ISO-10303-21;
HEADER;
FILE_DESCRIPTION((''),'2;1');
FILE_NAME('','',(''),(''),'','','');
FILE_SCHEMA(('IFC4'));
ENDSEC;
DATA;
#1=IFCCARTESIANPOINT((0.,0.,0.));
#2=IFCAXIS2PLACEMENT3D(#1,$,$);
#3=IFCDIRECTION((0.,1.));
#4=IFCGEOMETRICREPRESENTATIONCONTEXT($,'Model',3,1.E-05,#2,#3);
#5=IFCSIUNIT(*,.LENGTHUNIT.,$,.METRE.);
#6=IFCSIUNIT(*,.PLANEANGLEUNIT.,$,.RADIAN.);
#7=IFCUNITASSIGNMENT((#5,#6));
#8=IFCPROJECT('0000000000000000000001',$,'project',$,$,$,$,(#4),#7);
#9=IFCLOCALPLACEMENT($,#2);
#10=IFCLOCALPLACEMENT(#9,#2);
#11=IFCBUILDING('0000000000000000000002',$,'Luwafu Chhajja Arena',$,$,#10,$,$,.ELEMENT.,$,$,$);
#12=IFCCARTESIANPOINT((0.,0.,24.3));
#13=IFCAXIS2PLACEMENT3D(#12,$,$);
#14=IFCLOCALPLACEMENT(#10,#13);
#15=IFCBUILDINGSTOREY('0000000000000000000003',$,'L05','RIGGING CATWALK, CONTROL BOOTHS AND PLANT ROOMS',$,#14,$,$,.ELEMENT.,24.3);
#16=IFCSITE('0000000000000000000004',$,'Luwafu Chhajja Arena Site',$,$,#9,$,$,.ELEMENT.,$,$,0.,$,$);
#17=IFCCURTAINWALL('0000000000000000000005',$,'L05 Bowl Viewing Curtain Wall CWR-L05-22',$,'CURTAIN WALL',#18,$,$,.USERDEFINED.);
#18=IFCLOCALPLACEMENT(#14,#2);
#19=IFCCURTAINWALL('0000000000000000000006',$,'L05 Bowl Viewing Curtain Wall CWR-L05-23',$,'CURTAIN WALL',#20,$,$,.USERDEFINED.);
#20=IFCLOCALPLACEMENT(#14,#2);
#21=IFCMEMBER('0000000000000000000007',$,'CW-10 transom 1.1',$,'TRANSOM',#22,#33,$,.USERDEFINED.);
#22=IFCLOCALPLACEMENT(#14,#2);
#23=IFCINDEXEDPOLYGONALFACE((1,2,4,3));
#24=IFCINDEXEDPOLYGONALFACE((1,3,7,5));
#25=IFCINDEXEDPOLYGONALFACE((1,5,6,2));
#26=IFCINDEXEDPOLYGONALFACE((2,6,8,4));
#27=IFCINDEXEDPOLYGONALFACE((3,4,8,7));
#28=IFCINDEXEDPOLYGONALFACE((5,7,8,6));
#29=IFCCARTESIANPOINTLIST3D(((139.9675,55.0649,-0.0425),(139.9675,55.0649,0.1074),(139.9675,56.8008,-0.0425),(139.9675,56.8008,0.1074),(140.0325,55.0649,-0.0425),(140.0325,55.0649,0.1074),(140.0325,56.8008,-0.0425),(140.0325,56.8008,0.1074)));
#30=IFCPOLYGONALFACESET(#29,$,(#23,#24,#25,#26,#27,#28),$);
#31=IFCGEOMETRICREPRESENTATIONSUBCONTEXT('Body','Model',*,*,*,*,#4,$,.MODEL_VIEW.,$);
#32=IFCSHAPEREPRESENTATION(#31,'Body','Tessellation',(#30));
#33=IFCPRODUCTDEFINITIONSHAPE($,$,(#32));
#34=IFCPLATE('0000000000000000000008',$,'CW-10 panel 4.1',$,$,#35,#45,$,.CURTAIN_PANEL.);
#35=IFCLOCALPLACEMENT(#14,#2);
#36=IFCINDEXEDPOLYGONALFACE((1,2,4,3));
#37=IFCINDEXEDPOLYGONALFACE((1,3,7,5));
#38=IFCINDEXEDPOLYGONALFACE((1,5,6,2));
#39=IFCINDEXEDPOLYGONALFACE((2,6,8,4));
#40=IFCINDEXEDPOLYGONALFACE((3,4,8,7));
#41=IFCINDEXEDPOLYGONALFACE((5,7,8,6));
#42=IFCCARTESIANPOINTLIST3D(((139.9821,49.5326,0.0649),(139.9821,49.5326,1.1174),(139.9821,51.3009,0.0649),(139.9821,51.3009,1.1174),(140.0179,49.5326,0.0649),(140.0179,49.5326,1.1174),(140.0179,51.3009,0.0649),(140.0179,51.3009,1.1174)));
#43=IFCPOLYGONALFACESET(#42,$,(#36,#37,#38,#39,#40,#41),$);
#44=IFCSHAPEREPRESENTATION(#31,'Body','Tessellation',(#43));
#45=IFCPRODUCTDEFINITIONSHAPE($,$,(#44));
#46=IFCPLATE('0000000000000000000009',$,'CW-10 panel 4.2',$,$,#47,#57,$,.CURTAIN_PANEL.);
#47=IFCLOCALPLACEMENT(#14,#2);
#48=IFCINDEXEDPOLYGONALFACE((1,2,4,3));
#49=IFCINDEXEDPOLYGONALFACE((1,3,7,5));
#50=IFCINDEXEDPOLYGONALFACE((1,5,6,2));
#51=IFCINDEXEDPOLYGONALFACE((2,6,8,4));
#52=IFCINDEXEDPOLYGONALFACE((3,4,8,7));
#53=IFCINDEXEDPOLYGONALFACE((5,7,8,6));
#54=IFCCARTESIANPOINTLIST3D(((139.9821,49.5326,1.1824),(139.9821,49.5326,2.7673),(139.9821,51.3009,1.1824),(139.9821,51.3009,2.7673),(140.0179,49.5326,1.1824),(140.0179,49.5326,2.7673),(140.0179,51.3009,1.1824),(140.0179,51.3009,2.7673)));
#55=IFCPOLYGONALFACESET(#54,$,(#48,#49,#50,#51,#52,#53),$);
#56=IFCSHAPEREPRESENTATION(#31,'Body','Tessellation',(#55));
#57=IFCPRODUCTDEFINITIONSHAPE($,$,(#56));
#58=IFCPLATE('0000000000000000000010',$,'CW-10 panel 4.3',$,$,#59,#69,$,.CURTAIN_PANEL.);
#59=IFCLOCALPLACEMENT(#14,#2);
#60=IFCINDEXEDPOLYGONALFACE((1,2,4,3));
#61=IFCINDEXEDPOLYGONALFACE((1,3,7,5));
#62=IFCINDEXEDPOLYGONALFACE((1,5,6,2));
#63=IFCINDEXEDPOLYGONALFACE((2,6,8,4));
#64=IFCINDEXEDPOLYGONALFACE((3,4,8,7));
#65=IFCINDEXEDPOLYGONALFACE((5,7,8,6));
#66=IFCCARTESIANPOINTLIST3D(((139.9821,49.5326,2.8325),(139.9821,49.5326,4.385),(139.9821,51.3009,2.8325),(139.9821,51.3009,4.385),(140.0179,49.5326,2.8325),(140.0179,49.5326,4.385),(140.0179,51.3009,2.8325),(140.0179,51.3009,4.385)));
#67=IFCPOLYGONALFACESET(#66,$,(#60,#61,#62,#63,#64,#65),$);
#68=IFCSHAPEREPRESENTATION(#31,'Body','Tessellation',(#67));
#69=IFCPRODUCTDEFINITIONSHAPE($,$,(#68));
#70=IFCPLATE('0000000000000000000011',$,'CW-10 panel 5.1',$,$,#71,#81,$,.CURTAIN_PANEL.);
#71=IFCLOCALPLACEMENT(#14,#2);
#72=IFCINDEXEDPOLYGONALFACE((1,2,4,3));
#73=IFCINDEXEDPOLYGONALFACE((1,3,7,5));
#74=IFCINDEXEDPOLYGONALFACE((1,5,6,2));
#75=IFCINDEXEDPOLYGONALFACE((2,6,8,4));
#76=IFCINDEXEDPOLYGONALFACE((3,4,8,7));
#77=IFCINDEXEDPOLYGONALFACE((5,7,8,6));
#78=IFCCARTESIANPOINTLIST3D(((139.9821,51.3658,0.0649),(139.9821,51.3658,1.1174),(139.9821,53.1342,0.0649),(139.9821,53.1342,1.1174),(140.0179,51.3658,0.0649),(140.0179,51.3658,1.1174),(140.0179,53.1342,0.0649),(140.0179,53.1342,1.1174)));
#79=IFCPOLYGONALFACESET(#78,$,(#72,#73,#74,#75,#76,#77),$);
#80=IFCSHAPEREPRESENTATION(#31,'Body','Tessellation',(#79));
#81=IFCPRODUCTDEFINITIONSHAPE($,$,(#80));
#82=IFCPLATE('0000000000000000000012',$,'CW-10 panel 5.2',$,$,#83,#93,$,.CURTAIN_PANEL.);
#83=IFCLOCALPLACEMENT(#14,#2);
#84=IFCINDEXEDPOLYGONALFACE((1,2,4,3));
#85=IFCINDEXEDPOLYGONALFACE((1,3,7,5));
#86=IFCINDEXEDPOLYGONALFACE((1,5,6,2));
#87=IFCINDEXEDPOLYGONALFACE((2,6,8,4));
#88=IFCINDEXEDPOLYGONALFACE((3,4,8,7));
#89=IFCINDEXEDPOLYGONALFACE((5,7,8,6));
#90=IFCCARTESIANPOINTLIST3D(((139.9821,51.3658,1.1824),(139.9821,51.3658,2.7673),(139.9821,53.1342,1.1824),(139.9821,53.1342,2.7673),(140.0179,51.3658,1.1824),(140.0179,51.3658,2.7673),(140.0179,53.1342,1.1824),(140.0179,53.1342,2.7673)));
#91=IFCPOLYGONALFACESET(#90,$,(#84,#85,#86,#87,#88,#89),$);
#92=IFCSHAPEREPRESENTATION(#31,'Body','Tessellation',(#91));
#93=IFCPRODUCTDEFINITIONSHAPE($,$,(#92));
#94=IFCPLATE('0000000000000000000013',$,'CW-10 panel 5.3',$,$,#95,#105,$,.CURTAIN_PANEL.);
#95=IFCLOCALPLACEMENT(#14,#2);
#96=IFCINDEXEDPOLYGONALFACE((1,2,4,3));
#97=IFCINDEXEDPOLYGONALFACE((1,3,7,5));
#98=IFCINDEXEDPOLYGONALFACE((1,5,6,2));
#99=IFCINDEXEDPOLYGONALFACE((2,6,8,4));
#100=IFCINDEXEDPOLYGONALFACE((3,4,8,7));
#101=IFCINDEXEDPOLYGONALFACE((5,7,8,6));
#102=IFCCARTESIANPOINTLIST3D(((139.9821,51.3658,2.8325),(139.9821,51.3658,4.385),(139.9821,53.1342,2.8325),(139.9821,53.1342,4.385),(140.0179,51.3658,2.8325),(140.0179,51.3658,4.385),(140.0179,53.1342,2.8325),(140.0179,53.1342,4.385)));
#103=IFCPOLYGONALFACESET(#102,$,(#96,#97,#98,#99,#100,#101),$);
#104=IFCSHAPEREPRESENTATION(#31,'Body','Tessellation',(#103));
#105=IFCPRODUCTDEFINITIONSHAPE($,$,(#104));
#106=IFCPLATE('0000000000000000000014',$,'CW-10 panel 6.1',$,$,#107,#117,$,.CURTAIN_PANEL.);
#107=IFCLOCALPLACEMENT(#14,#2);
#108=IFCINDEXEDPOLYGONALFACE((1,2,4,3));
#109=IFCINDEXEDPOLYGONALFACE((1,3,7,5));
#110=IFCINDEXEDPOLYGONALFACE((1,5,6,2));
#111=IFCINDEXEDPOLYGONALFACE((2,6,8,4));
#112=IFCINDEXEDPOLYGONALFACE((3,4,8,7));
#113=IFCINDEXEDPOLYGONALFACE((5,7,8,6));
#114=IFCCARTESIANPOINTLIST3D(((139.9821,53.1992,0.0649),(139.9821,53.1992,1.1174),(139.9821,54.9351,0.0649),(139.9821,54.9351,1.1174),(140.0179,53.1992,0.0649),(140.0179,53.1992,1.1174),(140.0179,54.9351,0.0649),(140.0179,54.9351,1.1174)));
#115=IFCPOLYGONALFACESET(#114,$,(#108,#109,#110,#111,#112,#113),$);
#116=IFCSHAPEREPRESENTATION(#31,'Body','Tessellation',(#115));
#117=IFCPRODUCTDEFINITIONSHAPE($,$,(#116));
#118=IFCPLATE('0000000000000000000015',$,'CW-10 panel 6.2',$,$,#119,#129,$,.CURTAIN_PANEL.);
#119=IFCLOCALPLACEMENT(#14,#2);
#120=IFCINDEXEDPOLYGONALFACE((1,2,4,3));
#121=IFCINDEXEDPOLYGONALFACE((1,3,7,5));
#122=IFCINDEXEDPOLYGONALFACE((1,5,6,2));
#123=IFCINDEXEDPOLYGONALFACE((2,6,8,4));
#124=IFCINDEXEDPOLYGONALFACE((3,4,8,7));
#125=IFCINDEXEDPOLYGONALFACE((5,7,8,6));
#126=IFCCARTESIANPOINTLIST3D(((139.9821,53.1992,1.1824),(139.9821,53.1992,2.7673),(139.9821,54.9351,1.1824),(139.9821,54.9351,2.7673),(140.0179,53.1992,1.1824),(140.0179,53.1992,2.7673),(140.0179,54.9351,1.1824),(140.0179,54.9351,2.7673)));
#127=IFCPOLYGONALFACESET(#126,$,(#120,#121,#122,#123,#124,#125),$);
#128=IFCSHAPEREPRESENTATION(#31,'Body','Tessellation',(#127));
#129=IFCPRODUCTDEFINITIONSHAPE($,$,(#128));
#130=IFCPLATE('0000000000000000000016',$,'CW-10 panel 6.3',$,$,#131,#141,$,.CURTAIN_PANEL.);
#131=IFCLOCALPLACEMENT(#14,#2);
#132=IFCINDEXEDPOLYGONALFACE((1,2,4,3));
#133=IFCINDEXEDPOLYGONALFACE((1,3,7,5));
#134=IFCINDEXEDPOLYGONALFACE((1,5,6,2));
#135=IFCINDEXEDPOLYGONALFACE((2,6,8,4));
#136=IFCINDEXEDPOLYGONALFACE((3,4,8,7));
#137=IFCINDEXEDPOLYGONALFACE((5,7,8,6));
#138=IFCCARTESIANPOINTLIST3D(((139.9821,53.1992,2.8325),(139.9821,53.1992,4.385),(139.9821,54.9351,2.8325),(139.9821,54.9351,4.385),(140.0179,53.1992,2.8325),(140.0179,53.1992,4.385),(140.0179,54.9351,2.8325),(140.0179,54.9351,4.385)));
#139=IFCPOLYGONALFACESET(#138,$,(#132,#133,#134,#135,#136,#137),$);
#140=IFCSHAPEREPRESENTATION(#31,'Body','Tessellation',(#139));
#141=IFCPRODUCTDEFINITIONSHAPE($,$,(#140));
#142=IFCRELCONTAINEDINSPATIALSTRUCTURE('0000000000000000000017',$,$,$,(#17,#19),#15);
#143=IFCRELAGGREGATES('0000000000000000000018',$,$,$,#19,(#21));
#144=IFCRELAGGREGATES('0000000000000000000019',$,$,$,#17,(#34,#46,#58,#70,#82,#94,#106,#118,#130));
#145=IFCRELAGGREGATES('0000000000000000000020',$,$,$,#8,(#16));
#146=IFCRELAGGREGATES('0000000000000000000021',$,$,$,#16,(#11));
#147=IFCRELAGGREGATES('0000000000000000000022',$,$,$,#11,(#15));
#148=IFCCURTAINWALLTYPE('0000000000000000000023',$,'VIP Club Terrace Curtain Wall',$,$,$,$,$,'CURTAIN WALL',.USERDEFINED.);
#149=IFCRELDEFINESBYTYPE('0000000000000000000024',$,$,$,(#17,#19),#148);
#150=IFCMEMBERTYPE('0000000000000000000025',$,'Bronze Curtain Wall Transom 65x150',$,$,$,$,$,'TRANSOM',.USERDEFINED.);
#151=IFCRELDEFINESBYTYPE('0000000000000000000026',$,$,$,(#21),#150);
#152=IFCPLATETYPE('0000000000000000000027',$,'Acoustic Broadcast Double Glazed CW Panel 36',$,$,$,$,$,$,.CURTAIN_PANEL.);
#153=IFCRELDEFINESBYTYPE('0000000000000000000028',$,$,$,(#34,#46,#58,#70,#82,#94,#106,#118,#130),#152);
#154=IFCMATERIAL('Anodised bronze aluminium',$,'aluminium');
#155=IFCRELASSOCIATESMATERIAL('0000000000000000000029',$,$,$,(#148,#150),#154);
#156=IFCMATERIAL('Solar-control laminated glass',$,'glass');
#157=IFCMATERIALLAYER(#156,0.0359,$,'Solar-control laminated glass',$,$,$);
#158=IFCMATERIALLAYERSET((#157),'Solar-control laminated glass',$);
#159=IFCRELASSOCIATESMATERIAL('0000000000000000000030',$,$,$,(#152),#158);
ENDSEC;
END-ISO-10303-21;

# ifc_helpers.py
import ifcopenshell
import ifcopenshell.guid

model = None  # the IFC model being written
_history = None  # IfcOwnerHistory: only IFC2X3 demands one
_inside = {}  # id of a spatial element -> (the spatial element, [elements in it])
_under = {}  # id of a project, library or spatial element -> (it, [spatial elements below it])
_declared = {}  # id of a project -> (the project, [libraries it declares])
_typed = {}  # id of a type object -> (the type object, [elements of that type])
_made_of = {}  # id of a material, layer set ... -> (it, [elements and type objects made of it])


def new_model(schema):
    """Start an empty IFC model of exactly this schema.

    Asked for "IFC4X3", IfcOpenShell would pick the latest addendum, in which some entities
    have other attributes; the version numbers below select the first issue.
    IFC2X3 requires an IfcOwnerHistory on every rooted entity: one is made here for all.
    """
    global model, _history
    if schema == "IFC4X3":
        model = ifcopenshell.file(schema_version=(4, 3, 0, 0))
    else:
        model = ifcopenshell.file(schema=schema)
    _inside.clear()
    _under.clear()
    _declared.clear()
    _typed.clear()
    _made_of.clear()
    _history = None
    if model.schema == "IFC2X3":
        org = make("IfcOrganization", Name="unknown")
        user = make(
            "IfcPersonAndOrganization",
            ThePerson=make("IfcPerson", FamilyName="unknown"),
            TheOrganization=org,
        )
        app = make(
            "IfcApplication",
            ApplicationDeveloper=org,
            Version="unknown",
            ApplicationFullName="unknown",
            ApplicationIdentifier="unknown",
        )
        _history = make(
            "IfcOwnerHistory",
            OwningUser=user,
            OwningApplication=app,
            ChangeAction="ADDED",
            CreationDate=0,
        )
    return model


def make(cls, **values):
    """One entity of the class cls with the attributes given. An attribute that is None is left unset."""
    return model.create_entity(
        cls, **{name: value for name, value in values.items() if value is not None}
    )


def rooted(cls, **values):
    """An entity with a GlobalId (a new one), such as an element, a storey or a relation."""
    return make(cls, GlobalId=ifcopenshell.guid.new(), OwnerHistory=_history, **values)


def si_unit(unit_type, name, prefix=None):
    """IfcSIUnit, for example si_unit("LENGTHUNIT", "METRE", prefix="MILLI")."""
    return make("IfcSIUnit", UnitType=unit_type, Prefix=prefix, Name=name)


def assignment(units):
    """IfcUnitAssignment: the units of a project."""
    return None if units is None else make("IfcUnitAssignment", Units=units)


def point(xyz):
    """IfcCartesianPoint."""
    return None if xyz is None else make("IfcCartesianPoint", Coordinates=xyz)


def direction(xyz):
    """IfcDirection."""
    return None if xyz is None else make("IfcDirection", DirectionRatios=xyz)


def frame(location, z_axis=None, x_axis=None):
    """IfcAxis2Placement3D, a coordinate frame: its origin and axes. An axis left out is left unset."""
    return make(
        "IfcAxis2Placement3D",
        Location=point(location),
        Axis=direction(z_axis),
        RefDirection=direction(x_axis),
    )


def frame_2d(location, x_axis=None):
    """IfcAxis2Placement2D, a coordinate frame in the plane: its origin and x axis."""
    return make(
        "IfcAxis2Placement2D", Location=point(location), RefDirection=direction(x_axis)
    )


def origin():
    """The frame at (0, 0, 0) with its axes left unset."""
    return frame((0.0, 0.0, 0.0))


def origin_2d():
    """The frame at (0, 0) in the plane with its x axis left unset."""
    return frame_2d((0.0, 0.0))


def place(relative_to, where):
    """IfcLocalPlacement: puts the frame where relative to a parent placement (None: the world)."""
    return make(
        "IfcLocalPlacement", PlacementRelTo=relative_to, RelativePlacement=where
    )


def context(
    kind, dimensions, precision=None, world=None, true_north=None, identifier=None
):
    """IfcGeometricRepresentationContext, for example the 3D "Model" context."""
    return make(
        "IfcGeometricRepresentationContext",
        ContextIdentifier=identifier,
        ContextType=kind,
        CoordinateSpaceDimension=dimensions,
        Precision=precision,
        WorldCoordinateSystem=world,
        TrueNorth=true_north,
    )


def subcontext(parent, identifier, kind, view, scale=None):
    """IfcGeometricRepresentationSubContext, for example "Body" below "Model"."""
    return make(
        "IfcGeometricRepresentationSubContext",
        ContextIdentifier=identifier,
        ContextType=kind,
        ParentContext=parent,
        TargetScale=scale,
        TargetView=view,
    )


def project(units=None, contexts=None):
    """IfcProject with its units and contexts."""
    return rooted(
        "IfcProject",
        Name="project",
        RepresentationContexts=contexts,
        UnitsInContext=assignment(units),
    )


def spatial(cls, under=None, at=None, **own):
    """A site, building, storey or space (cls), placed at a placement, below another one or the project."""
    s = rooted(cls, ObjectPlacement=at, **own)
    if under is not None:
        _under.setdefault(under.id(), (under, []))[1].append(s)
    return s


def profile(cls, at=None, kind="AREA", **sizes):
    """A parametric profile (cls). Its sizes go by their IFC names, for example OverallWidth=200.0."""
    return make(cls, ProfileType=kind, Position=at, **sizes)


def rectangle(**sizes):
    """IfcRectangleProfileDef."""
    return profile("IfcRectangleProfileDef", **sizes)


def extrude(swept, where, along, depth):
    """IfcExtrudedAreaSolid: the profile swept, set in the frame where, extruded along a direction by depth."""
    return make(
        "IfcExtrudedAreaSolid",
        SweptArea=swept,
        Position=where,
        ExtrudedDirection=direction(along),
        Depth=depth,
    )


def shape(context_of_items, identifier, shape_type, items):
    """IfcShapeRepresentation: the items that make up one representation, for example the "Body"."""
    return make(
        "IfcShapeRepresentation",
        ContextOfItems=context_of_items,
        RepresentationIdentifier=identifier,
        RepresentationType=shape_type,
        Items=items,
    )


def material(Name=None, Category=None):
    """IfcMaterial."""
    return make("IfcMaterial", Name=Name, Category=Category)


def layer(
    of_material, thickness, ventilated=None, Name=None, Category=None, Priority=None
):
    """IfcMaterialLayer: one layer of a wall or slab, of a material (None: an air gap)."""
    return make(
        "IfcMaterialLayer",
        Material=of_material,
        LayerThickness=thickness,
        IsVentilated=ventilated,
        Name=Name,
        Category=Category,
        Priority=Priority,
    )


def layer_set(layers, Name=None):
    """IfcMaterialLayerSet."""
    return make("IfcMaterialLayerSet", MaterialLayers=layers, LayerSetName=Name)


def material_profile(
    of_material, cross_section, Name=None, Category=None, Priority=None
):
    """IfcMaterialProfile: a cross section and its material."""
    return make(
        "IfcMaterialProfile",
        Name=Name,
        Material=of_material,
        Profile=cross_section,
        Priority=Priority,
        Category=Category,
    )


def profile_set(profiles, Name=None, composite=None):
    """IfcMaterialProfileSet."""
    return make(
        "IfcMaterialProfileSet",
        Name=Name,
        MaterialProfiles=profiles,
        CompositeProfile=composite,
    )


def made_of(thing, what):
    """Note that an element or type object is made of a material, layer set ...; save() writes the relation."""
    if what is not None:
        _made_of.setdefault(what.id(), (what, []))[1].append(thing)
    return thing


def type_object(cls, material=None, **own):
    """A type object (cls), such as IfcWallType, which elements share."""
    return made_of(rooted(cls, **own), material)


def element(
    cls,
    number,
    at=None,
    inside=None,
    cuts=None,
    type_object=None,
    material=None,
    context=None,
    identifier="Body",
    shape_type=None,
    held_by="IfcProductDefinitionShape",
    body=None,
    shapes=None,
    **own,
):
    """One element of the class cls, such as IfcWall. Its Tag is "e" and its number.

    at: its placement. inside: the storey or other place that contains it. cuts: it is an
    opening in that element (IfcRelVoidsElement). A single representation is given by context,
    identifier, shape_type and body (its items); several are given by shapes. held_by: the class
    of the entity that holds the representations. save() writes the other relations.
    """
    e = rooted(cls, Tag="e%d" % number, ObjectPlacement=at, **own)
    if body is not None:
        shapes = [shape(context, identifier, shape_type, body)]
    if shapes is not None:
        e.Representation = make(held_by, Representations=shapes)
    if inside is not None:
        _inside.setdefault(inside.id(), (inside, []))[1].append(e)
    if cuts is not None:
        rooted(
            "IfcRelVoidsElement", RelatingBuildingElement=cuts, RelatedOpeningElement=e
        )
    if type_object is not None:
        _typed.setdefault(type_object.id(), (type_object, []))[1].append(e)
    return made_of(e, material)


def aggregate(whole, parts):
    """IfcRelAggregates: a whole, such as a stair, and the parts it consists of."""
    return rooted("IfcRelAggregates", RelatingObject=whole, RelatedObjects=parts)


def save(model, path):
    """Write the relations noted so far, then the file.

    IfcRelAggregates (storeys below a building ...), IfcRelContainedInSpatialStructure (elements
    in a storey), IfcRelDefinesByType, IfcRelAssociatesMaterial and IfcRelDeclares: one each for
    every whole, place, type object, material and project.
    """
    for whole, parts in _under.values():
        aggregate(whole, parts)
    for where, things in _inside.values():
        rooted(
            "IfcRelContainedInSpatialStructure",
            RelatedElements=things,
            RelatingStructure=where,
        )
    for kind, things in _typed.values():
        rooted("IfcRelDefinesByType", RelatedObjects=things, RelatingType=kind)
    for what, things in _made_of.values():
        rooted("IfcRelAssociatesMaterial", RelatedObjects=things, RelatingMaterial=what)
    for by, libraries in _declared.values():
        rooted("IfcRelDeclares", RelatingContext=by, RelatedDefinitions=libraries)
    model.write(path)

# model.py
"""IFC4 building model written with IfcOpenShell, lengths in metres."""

from ifc_helpers import new_model, si_unit, direction, frame, origin, origin_2d, place, context, subcontext, project, spatial, rectangle, extrude, material, layer, layer_set, material_profile, profile_set, type_object, element, aggregate, save


model = new_model("IFC4")

# Units and contexts
model_context = context("Model", 3, precision=1e-05, world=origin(), true_north=direction((0.0, 1.0)))
body_context = subcontext(model_context, "Body", "Model", "MODEL_VIEW")
ifc_project = project(units=[si_unit("LENGTHUNIT", "METRE"), si_unit("PLANEANGLEUNIT", "RADIAN")], contexts=[model_context])

# Site, building, storey
site_placement = place(None, origin())
site = spatial("IfcSite", under=ifc_project, at=site_placement, Name="Luwafu Chhajja Arena Site", CompositionType="ELEMENT", RefElevation=0.0)
building_placement = place(site_placement, origin())
building = spatial("IfcBuilding", under=site, at=building_placement, Name="Luwafu Chhajja Arena", CompositionType="ELEMENT")
storey_placement = place(building_placement, frame((0.0, 0.0, 24.3)))
storey = spatial("IfcBuildingStorey", under=building, at=storey_placement, Name="L05", Description="RIGGING CATWALK, CONTROL BOOTHS AND PLANT ROOMS", CompositionType="ELEMENT", Elevation=24.3)

# Curtain wall
ifc_material_1 = material(Name="Anodised bronze aluminium", Category="aluminium")
curtain_wall_type = type_object("IfcCurtainWallType", Name="VIP Club Terrace Curtain Wall", ElementType="CURTAIN WALL", PredefinedType="USERDEFINED", material=ifc_material_1)
curtain_wall_1_placement = place(storey_placement, origin())
curtain_wall_1 = element("IfcCurtainWall", 1, at=curtain_wall_1_placement, inside=storey, type_object=curtain_wall_type, Name="L05 Bowl Viewing Curtain Wall CWR-L05-22", ObjectType="CURTAIN WALL", PredefinedType="USERDEFINED")

# Curtain wall
curtain_wall_2_placement = place(storey_placement, origin())
curtain_wall_2 = element("IfcCurtainWall", 2, at=curtain_wall_2_placement, inside=storey, type_object=curtain_wall_type, Name="L05 Bowl Viewing Curtain Wall CWR-L05-23", ObjectType="CURTAIN WALL", PredefinedType="USERDEFINED")

# Member
ifc_material_profile_1 = material_profile(ifc_material_1, rectangle(XDim=0.0649, YDim=0.1499, at=origin_2d()), Name="CWT 65x150")
ifc_profile_set_1 = profile_set([ifc_material_profile_1], Name="Anodised bronze aluminium")
member_type_1 = type_object("IfcMemberType", Name="Bronze Curtain Wall Transom 65x150", ElementType="TRANSOM", PredefinedType="USERDEFINED", material=ifc_profile_set_1)
member_1_placement = place(storey_placement, frame((140.0, 55.0649, 0.0325), z_axis=(0.0, 1.0, 0.0), x_axis=(-1.0, 0.0, 0.0)))
member_1 = element("IfcMember", 3, at=member_1_placement, type_object=member_type_1, Name="CW-10 transom 1.1", ObjectType="TRANSOM", PredefinedType="USERDEFINED", context=body_context, shape_type="SweptSolid", body=[
    extrude(rectangle(XDim=0.0649, YDim=0.1499, at=origin_2d()), origin(), (0.0, 0.0, 1.0), 1.7358),
])
aggregate(curtain_wall_2, [member_1])

# Plates
ifc_material_2 = material(Name="Solar-control laminated glass", Category="glass")
ifc_layer = layer(ifc_material_2, 0.0359, Name="Solar-control laminated glass")
ifc_layer_set = layer_set([ifc_layer], Name="Solar-control laminated glass")
plate_type = type_object("IfcPlateType", Name="Acoustic Broadcast Double Glazed CW Panel 36", PredefinedType="CURTAIN_PANEL", material=ifc_layer_set)
plate_1_placement = place(storey_placement, frame((140.0, 50.4167, 0.0649), z_axis=(0.0, 0.0, 1.0), x_axis=(0.0, 1.0, 0.0)))
plate_1 = element("IfcPlate", 4, at=plate_1_placement, type_object=plate_type, Name="CW-10 panel 4.1", PredefinedType="CURTAIN_PANEL", context=body_context, shape_type="SweptSolid", body=[
    extrude(rectangle(XDim=1.7683, YDim=0.0359, at=origin_2d()), origin(), (0.0, 0.0, 1.0), 1.0525),
])
plate_2_placement = place(storey_placement, frame((140.0, 50.4167, 1.1824), z_axis=(0.0, 0.0, 1.0), x_axis=(0.0, 1.0, 0.0)))
plate_2 = element("IfcPlate", 5, at=plate_2_placement, type_object=plate_type, Name="CW-10 panel 4.2", PredefinedType="CURTAIN_PANEL", context=body_context, shape_type="SweptSolid", body=[
    extrude(rectangle(XDim=1.7683, YDim=0.0359, at=origin_2d()), origin(), (0.0, 0.0, 1.0), 1.585),
])
plate_3_placement = place(storey_placement, frame((140.0, 50.4167, 2.8325), z_axis=(0.0, 0.0, 1.0), x_axis=(0.0, 1.0, 0.0)))
plate_3 = element("IfcPlate", 6, at=plate_3_placement, type_object=plate_type, Name="CW-10 panel 4.3", PredefinedType="CURTAIN_PANEL", context=body_context, shape_type="SweptSolid", body=[
    extrude(rectangle(XDim=1.7683, YDim=0.0359, at=origin_2d()), origin(), (0.0, 0.0, 1.0), 1.5525),
])
plate_4_placement = place(storey_placement, frame((140.0, 52.25, 0.0649), z_axis=(0.0, 0.0, 1.0), x_axis=(0.0, 1.0, 0.0)))
plate_4 = element("IfcPlate", 7, at=plate_4_placement, type_object=plate_type, Name="CW-10 panel 5.1", PredefinedType="CURTAIN_PANEL", context=body_context, shape_type="SweptSolid", body=[
    extrude(rectangle(XDim=1.7683, YDim=0.0359, at=origin_2d()), origin(), (0.0, 0.0, 1.0), 1.0525),
])
plate_5_placement = place(storey_placement, frame((140.0, 52.25, 1.1824), z_axis=(0.0, 0.0, 1.0), x_axis=(0.0, 1.0, 0.0)))
plate_5 = element("IfcPlate", 8, at=plate_5_placement, type_object=plate_type, Name="CW-10 panel 5.2", PredefinedType="CURTAIN_PANEL", context=body_context, shape_type="SweptSolid", body=[
    extrude(rectangle(XDim=1.7683, YDim=0.0359, at=origin_2d()), origin(), (0.0, 0.0, 1.0), 1.585),
])
plate_6_placement = place(storey_placement, frame((140.0, 52.25, 2.8325), z_axis=(0.0, 0.0, 1.0), x_axis=(0.0, 1.0, 0.0)))
plate_6 = element("IfcPlate", 9, at=plate_6_placement, type_object=plate_type, Name="CW-10 panel 5.3", PredefinedType="CURTAIN_PANEL", context=body_context, shape_type="SweptSolid", body=[
    extrude(rectangle(XDim=1.7683, YDim=0.0359, at=origin_2d()), origin(), (0.0, 0.0, 1.0), 1.5525),
])
plate_7_placement = place(storey_placement, frame((140.0, 54.0671, 0.0649), z_axis=(0.0, 0.0, 1.0), x_axis=(0.0, 1.0, 0.0)))
plate_7 = element("IfcPlate", 10, at=plate_7_placement, type_object=plate_type, Name="CW-10 panel 6.1", PredefinedType="CURTAIN_PANEL", context=body_context, shape_type="SweptSolid", body=[
    extrude(rectangle(XDim=1.7358, YDim=0.0359, at=origin_2d()), origin(), (0.0, 0.0, 1.0), 1.0525),
])
plate_8_placement = place(storey_placement, frame((140.0, 54.0671, 1.1824), z_axis=(0.0, 0.0, 1.0), x_axis=(0.0, 1.0, 0.0)))
plate_8 = element("IfcPlate", 11, at=plate_8_placement, type_object=plate_type, Name="CW-10 panel 6.2", PredefinedType="CURTAIN_PANEL", context=body_context, shape_type="SweptSolid", body=[
    extrude(rectangle(XDim=1.7358, YDim=0.0359, at=origin_2d()), origin(), (0.0, 0.0, 1.0), 1.585),
])
plate_9_placement = place(storey_placement, frame((140.0, 54.0671, 2.8325), z_axis=(0.0, 0.0, 1.0), x_axis=(0.0, 1.0, 0.0)))
plate_9 = element("IfcPlate", 12, at=plate_9_placement, type_object=plate_type, Name="CW-10 panel 6.3", PredefinedType="CURTAIN_PANEL", context=body_context, shape_type="SweptSolid", body=[
    extrude(rectangle(XDim=1.7358, YDim=0.0359, at=origin_2d()), origin(), (0.0, 0.0, 1.0), 1.5525),
])
aggregate(curtain_wall_1, [plate_1, plate_2, plate_3, plate_4, plate_5, plate_6, plate_7, plate_8, plate_9])

save(model, "model.ifc")
